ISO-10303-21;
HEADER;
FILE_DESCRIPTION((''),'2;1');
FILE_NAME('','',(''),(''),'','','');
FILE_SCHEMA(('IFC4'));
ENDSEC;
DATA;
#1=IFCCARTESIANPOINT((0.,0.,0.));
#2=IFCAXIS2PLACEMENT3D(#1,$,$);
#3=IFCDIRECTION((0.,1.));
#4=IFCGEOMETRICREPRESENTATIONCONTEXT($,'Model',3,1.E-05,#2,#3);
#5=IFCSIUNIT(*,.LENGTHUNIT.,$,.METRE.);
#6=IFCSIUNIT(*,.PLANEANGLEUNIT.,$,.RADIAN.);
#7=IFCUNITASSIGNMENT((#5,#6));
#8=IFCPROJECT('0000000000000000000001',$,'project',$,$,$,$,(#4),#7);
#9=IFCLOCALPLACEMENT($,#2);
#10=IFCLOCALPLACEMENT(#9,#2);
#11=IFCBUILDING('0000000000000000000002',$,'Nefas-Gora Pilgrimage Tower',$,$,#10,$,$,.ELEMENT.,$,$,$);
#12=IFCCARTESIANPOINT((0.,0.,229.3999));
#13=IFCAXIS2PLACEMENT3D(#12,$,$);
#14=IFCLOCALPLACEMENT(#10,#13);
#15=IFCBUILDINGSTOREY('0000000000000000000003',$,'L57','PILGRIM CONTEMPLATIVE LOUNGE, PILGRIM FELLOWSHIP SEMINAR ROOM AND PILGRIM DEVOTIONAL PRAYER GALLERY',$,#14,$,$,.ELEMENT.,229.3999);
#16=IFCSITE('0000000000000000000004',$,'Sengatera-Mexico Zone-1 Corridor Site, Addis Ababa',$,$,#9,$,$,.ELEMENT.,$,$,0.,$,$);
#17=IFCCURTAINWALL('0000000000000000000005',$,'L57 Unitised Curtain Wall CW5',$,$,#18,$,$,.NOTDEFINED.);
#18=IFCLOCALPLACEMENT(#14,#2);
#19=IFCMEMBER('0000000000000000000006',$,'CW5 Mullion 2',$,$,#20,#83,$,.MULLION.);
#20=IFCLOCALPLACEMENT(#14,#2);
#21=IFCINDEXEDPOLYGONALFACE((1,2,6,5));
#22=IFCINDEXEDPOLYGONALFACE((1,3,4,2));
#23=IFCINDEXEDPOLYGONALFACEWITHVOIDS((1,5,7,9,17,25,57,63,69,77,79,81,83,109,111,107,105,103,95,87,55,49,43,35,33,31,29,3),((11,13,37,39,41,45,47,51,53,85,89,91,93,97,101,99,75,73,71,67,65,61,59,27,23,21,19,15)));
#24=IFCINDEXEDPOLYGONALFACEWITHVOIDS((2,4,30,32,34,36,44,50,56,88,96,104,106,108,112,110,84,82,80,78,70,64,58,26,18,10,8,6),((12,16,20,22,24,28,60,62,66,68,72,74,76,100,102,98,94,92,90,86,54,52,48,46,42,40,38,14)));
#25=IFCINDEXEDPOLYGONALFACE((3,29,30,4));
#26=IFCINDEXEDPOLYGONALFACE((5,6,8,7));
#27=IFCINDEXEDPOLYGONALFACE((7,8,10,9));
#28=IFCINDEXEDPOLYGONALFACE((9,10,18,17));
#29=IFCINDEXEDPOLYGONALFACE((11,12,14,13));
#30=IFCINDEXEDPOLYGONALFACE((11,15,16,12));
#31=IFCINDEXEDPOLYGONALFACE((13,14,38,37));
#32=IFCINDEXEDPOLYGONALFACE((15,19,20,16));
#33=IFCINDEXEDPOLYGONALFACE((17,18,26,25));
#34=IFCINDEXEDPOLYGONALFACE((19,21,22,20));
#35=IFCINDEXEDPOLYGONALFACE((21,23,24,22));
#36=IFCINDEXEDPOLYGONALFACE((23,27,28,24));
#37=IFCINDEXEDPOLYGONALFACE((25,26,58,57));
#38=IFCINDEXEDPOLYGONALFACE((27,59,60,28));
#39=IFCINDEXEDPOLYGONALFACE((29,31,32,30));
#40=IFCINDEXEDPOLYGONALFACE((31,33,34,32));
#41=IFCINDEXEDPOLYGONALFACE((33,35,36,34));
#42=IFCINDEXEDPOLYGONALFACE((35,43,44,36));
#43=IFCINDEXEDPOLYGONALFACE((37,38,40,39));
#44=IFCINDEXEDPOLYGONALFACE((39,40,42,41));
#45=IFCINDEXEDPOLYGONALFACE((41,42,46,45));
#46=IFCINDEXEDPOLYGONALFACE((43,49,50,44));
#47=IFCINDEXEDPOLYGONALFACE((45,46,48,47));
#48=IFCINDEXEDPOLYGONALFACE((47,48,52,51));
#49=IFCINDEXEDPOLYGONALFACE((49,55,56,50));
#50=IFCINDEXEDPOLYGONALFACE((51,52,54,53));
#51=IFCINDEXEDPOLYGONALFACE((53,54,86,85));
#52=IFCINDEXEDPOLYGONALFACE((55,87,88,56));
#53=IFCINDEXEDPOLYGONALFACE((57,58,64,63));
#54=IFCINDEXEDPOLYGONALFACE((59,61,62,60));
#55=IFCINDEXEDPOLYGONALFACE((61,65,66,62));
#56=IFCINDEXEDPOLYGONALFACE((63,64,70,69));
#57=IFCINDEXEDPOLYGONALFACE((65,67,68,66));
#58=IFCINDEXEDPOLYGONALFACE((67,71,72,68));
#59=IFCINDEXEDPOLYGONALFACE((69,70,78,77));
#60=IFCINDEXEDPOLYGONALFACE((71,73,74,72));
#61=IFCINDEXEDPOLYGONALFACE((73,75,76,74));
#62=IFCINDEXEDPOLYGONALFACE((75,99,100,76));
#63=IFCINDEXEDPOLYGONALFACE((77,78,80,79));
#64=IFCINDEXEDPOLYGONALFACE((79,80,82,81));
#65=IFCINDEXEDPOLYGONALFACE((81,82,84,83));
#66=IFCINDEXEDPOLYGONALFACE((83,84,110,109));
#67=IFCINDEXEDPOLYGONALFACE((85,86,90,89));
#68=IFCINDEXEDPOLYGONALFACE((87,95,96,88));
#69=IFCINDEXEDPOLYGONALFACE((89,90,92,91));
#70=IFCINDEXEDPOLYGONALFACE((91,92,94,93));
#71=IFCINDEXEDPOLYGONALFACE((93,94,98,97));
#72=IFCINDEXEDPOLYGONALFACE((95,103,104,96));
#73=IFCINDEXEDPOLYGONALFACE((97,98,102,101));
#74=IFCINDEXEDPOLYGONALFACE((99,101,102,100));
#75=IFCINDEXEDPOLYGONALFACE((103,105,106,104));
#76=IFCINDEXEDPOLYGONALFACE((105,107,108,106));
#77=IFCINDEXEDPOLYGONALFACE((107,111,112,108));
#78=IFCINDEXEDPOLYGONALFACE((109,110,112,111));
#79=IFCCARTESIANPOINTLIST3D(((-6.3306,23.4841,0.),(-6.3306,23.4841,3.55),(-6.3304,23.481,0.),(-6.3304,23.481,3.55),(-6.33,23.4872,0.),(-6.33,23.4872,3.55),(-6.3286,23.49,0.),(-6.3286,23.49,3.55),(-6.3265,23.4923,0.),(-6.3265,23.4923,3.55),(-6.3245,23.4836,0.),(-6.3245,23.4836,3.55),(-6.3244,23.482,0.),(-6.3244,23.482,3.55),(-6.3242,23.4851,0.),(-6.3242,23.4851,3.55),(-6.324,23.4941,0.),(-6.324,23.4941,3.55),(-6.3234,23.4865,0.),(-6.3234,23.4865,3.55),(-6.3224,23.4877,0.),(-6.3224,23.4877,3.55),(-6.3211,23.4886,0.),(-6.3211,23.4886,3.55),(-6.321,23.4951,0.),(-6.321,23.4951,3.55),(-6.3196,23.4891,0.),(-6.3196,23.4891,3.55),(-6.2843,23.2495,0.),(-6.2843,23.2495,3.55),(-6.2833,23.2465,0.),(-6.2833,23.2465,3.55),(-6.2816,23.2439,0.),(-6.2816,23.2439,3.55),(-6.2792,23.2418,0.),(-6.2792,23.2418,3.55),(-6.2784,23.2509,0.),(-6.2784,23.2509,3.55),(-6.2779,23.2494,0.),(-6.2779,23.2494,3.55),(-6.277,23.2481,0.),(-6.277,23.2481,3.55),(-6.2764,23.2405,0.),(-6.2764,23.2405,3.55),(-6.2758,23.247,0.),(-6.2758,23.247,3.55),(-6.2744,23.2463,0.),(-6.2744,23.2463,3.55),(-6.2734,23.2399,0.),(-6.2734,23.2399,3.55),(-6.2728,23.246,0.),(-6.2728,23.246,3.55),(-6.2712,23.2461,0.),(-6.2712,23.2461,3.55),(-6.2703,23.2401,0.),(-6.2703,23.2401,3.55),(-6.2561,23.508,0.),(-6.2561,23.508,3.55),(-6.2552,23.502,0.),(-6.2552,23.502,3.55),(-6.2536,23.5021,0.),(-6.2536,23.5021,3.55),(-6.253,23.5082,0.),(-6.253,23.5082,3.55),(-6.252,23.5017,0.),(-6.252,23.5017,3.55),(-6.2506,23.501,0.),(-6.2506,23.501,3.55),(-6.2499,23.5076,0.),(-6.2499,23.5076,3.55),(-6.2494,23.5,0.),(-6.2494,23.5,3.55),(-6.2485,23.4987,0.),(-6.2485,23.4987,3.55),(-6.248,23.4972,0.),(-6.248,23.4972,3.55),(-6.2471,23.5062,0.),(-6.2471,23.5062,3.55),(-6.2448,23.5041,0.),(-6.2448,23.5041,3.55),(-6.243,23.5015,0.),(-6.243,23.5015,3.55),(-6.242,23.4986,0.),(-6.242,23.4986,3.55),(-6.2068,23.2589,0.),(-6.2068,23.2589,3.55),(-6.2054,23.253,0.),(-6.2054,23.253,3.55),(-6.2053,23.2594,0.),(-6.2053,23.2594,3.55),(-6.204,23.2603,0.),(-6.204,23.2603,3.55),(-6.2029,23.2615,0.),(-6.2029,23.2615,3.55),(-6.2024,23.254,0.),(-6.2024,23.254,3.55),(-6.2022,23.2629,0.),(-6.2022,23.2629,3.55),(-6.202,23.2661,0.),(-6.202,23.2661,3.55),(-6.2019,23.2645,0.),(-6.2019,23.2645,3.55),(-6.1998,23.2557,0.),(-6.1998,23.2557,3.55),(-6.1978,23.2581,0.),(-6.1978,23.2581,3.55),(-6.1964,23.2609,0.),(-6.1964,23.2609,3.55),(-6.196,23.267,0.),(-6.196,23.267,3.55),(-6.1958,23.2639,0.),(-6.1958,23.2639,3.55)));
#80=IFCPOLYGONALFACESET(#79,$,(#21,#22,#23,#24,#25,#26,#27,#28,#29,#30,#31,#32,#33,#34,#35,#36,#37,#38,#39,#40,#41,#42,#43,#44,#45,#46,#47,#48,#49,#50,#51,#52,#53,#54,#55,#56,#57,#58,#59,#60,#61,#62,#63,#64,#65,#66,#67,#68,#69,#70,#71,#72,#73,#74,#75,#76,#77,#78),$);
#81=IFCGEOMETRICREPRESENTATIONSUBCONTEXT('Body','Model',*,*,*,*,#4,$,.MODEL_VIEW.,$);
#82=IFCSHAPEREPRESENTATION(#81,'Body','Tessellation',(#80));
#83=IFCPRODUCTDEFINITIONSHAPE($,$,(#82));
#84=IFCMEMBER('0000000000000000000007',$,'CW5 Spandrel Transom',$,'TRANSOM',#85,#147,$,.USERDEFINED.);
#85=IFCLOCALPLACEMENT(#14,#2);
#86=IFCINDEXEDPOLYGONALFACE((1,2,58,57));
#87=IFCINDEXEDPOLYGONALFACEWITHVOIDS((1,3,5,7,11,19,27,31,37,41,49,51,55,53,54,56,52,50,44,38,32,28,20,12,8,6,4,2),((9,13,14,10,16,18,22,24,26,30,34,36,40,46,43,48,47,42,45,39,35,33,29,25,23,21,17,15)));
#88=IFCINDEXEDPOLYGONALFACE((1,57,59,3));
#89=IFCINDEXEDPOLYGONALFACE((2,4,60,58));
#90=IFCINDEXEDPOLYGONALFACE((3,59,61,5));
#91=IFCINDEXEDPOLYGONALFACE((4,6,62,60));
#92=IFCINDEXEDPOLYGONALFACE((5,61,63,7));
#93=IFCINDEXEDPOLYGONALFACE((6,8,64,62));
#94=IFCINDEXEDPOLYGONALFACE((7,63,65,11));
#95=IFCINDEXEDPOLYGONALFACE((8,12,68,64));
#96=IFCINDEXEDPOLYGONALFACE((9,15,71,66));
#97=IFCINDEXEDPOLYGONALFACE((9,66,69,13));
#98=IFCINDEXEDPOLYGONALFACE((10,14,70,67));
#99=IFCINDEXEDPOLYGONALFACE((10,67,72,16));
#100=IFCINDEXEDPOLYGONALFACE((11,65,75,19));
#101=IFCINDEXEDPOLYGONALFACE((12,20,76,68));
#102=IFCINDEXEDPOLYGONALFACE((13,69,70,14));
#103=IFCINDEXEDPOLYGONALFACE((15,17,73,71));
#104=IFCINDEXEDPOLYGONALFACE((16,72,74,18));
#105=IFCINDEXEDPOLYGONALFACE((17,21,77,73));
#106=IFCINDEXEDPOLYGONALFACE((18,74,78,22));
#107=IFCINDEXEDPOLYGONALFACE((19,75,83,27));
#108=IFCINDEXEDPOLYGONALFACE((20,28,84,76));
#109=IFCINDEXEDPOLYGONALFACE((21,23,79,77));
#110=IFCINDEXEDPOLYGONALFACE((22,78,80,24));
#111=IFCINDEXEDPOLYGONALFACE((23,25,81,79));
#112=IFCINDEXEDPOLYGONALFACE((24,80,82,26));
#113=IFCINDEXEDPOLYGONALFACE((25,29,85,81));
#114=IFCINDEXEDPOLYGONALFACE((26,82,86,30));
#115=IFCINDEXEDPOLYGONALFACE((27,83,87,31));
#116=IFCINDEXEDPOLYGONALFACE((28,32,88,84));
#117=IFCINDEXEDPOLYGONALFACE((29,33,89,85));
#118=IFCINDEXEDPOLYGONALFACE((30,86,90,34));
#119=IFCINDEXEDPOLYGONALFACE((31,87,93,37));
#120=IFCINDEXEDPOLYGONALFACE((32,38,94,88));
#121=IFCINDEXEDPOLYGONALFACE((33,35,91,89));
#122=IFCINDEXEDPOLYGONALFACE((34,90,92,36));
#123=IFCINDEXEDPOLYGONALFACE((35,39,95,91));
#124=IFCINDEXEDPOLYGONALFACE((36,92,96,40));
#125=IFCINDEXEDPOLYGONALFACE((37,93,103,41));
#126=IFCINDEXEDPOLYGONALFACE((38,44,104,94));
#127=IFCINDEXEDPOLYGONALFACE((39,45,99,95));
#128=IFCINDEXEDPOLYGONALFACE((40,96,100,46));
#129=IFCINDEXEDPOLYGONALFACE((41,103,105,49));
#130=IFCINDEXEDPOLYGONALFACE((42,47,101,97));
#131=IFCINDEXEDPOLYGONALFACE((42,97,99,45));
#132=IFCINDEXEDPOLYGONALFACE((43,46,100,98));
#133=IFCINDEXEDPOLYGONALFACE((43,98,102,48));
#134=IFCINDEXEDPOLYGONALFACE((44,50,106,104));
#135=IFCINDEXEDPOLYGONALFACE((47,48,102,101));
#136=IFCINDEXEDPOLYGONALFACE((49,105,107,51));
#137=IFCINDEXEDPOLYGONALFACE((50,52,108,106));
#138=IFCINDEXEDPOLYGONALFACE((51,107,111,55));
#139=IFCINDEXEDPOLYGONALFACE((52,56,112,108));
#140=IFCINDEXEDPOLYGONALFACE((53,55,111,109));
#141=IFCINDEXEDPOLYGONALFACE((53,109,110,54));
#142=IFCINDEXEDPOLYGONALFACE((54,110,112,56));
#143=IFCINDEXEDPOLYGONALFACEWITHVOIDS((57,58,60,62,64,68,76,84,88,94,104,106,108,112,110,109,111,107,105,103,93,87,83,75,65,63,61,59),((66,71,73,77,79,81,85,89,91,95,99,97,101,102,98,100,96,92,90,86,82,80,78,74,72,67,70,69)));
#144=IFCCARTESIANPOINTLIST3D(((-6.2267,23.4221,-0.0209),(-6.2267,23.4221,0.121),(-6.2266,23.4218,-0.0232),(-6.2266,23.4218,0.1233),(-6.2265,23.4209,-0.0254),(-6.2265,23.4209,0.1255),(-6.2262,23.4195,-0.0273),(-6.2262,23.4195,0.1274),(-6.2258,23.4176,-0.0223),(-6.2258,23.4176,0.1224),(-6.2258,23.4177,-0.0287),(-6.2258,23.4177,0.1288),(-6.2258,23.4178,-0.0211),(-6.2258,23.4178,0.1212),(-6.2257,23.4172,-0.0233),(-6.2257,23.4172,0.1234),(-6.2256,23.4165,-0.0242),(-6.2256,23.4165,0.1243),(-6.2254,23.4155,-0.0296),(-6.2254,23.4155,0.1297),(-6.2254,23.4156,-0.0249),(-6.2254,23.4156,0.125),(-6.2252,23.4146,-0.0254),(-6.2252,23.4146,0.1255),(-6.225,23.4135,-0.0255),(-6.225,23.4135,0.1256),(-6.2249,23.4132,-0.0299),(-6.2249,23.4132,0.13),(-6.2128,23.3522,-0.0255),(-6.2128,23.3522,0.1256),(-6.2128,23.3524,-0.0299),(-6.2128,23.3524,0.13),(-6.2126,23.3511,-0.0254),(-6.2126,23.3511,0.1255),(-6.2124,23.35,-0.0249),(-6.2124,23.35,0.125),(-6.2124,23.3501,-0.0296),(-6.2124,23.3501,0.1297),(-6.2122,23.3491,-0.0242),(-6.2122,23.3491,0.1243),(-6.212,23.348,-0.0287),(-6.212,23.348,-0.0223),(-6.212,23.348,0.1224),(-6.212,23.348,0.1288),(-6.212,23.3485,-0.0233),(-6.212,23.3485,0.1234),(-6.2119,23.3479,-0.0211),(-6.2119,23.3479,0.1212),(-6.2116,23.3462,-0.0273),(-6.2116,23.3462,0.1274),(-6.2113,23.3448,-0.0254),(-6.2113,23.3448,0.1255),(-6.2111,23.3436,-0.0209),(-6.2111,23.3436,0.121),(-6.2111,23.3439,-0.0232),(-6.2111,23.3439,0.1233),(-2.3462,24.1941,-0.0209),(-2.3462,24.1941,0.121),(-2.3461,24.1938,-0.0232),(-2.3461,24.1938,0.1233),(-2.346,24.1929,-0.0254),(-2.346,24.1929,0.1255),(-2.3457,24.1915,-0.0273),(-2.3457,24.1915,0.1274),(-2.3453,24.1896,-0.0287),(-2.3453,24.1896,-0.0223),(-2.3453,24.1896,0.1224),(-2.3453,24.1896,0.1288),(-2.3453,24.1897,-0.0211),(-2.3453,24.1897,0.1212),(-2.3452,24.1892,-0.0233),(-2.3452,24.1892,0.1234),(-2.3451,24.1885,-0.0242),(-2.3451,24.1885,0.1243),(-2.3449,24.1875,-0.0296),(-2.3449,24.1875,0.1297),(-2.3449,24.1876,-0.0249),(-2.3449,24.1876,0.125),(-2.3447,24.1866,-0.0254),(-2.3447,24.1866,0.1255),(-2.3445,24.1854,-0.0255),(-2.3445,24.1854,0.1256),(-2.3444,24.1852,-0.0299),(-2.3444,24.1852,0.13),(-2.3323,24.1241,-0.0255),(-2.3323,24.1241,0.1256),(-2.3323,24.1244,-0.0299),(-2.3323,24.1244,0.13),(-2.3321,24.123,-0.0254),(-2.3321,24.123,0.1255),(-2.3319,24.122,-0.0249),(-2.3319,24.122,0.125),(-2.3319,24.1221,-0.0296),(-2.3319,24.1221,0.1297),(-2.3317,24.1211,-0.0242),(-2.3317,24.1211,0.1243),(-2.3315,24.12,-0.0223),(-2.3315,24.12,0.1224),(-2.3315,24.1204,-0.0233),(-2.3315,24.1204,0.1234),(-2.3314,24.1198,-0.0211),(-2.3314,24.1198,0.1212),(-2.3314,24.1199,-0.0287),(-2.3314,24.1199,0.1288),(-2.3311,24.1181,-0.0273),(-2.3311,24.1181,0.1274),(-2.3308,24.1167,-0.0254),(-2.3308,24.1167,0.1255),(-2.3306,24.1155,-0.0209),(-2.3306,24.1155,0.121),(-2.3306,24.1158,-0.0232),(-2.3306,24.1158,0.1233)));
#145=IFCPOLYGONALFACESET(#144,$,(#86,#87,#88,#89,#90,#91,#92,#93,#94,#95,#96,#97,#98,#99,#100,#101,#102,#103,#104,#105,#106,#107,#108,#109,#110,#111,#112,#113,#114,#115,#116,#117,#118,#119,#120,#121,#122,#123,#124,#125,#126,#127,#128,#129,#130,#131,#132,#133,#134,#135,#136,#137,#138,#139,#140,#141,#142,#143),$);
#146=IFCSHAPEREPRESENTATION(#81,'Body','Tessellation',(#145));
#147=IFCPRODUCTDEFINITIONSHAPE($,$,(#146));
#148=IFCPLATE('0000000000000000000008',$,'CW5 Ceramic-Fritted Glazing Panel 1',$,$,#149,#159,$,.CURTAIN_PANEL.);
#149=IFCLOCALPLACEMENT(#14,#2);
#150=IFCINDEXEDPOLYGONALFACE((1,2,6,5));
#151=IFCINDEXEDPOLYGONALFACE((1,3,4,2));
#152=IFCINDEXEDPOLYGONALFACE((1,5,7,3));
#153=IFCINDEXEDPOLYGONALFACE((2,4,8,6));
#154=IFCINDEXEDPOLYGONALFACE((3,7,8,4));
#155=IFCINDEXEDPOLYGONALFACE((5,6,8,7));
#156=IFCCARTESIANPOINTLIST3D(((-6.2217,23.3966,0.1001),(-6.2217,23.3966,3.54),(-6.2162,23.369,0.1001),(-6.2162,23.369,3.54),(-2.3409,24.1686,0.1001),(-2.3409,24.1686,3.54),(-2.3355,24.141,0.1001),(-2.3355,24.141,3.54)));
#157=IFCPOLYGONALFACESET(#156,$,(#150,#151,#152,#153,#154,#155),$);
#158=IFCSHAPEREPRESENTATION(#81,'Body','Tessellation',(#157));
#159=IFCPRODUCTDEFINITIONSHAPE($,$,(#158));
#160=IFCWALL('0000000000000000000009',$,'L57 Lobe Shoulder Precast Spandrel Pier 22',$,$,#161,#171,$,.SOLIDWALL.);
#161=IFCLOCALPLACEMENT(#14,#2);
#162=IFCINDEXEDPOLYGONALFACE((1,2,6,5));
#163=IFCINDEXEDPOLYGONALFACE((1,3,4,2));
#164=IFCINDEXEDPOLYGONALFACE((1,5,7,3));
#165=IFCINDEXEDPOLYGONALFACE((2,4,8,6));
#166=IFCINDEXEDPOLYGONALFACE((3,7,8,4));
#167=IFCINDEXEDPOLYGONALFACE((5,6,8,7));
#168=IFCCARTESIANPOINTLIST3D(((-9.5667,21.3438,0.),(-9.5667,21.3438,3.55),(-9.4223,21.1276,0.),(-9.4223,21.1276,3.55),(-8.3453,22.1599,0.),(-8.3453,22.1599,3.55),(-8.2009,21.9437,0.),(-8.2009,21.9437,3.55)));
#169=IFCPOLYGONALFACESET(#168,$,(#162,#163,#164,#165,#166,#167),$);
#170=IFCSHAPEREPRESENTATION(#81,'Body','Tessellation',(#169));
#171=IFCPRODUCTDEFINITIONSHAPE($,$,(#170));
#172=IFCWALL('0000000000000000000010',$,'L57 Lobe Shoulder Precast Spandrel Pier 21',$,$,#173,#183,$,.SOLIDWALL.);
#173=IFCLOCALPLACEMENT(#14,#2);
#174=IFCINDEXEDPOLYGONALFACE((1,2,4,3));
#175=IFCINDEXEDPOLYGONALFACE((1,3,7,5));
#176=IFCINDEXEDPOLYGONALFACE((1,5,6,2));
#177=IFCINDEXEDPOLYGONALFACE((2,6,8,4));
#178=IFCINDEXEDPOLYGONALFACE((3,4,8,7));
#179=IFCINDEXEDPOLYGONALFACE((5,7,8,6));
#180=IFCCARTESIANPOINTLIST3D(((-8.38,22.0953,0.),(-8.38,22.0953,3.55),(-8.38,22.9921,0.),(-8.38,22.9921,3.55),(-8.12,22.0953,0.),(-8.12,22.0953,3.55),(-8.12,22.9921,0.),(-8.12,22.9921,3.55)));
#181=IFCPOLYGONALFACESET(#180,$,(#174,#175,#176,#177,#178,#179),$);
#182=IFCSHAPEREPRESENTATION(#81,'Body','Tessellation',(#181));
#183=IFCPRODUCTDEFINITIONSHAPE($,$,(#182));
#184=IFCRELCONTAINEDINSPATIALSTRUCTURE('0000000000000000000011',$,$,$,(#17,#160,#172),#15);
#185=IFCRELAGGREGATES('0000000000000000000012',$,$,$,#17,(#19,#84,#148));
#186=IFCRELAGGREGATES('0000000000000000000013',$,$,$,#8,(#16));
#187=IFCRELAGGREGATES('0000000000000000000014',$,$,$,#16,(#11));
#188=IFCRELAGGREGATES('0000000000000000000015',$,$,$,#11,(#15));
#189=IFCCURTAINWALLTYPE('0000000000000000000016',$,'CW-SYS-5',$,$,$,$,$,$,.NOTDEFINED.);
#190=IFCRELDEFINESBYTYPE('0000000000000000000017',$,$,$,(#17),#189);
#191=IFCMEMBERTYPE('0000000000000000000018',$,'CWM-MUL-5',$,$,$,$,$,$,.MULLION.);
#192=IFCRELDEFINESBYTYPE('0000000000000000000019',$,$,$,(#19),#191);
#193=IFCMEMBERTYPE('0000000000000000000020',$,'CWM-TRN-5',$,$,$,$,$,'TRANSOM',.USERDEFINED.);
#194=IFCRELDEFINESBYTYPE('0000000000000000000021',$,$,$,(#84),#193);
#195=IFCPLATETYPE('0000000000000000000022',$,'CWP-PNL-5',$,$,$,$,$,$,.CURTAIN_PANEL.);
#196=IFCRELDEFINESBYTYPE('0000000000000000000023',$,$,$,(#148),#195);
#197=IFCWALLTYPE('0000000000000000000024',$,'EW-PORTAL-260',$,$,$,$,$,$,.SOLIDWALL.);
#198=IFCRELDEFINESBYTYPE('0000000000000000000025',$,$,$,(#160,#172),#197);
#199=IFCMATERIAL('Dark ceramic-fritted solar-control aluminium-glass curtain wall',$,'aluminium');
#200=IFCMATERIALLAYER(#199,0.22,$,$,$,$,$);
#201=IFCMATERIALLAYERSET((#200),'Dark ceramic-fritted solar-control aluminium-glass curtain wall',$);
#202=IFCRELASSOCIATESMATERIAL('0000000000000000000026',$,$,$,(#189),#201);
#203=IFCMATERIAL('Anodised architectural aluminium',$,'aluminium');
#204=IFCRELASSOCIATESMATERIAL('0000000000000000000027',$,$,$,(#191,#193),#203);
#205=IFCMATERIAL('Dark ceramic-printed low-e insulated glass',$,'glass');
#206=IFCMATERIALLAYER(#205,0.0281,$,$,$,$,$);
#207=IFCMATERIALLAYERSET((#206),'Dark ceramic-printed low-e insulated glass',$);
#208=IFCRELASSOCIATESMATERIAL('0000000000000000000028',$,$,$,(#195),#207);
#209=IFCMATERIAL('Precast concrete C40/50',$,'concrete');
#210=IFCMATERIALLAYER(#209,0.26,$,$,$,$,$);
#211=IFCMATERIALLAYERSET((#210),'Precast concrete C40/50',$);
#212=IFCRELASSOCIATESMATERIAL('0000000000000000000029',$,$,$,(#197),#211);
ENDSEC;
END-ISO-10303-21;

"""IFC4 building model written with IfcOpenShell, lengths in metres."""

from ifc_helpers import new_model, si_unit, direction, frame, frame_2d, origin, origin_2d, place, context, subcontext, project, spatial, rectangle, hollow_rectangle, extrude, source, transform, mapped, material, layer, layer_set, material_profile, profile_set, type_object, element, aggregate, save


model = new_model("IFC4")

# Units and contexts
model_context = context("Model", 3, precision=1e-05, world=origin(), true_north=direction((0.0, 1.0)))
body_context = subcontext(model_context, "Body", "Model", "MODEL_VIEW")
ifc_project = project(units=[si_unit("LENGTHUNIT", "METRE"), si_unit("PLANEANGLEUNIT", "RADIAN")], contexts=[model_context])

# Site, building, storey
site_placement = place(None, origin())
site = spatial("IfcSite", under=ifc_project, at=site_placement, Name="Sengatera-Mexico Zone-1 Corridor Site, Addis Ababa", CompositionType="ELEMENT", RefElevation=0.0)
building_placement = place(site_placement, origin())
building = spatial("IfcBuilding", under=site, at=building_placement, Name="Nefas-Gora Pilgrimage Tower", CompositionType="ELEMENT")
storey_placement = place(building_placement, frame((0.0, 0.0, 229.3999)))
storey = spatial("IfcBuildingStorey", under=building, at=storey_placement, Name="L57", Description="PILGRIM CONTEMPLATIVE LOUNGE, PILGRIM FELLOWSHIP SEMINAR ROOM AND PILGRIM DEVOTIONAL PRAYER GALLERY", CompositionType="ELEMENT", Elevation=229.3999)

# Shared definitions
ifc_material_1 = material(Name="Dark ceramic-fritted solar-control aluminium-glass curtain wall", Category="aluminium")
ifc_layer_1 = layer(ifc_material_1, 0.22)
ifc_layer_set_1 = layer_set([ifc_layer_1], Name="Dark ceramic-fritted solar-control aluminium-glass curtain wall")
curtain_wall_type = type_object("IfcCurtainWallType", Name="CW-SYS-5", PredefinedType="NOTDEFINED", material=ifc_layer_set_1)
ifc_material_2 = material(Name="Anodised architectural aluminium", Category="aluminium")
ifc_material_profile_1 = material_profile(ifc_material_2, hollow_rectangle(XDim=0.0901, YDim=0.26, WallThickness=0.0061, InnerFilletRadius=0.0061, OuterFilletRadius=0.012, at=origin_2d()), Name="ALU MULLION 90x260")
ifc_profile_set_1 = profile_set([ifc_material_profile_1], Name="Anodised architectural aluminium")
member_type_1 = type_object("IfcMemberType", Name="CWM-MUL-5", PredefinedType="MULLION", material=ifc_profile_set_1)
shared_shape_1 = source(origin(), body_context, "Body", "SweptSolid", [
    extrude(hollow_rectangle(XDim=0.0901, YDim=0.26, WallThickness=0.0061, InnerFilletRadius=0.0061, OuterFilletRadius=0.012, at=origin_2d()), origin(), (0.0, 0.0, 1.0), 3.55),
])

# Curtain wall, members, plate
curtain_wall_1_placement = place(storey_placement, origin())
curtain_wall_1 = element("IfcCurtainWall", 1, at=curtain_wall_1_placement, inside=storey, type_object=curtain_wall_type, Name="L57 Unitised Curtain Wall CW5", PredefinedType="NOTDEFINED")
member_1_placement = place(storey_placement, frame((-6.2632, 23.374, 0.0), z_axis=(0.0, 0.0, 1.0), x_axis=(-0.980783, -0.195102, 0.0)))
member_1 = element("IfcMember", 2, at=member_1_placement, type_object=member_type_1, Name="CW5 Mullion 2", PredefinedType="MULLION", context=body_context, shape_type="MappedRepresentation", body=[
    mapped(shared_shape_1, transform((0.0, 0.0, 0.0), x_axis=(1.0, 0.0, 0.0), y_axis=(0.0, 1.0, 0.0), z_axis=(0.0, 0.0, 1.0), scale=1.0)),
])
ifc_material_profile_2 = material_profile(ifc_material_2, hollow_rectangle(XDim=0.0801, YDim=0.1599, WallThickness=0.0044, InnerFilletRadius=0.0044, OuterFilletRadius=0.009, at=origin_2d()), Name="ALU TRANSOM 80x160")
ifc_profile_set_2 = profile_set([ifc_material_profile_2], Name="Anodised architectural aluminium")
member_type_2 = type_object("IfcMemberType", Name="CWM-TRN-5", ElementType="TRANSOM", PredefinedType="USERDEFINED", material=ifc_profile_set_2)
shared_shape_2 = source(origin(), body_context, "Body", "SweptSolid", [
    extrude(hollow_rectangle(XDim=0.0801, YDim=0.1599, WallThickness=0.0044, InnerFilletRadius=0.0044, OuterFilletRadius=0.009, at=origin_2d()), origin(), (0.0, 0.0, 1.0), 3.9565),
])
member_2_placement = place(storey_placement, frame((-2.3384, 24.1548, 0.05), z_axis=(-0.980782, -0.195107, 0.0), x_axis=(0.195107, -0.980782, 0.0)))
member_2 = element("IfcMember", 3, at=member_2_placement, type_object=member_type_2, Name="CW5 Spandrel Transom", ObjectType="TRANSOM", PredefinedType="USERDEFINED", context=body_context, shape_type="MappedRepresentation", body=[
    mapped(shared_shape_2, transform((0.0, 0.0, 0.0), x_axis=(1.0, 0.0, 0.0), y_axis=(0.0, 1.0, 0.0), z_axis=(0.0, 0.0, 1.0), scale=1.0)),
])
ifc_material_3 = material(Name="Dark ceramic-printed low-e insulated glass", Category="glass")
ifc_layer_2 = layer(ifc_material_3, 0.0281)
ifc_layer_set_2 = layer_set([ifc_layer_2], Name="Dark ceramic-printed low-e insulated glass")
plate_type = type_object("IfcPlateType", Name="CWP-PNL-5", PredefinedType="CURTAIN_PANEL", material=ifc_layer_set_2)
shared_shape_3 = source(origin(), body_context, "Body", "SweptSolid", [
    extrude(rectangle(XDim=3.9568, YDim=0.0281, at=origin_2d()), origin(), (0.0, 0.0, 1.0), 3.4399),
])
plate_placement = place(storey_placement, frame((-4.2786, 23.7688, 0.1001), z_axis=(0.0, 0.0, 1.0), x_axis=(-0.980783, -0.195102, 0.0)))
plate = element("IfcPlate", 4, at=plate_placement, type_object=plate_type, Name="CW5 Ceramic-Fritted Glazing Panel 1", PredefinedType="CURTAIN_PANEL", context=body_context, shape_type="MappedRepresentation", body=[
    mapped(shared_shape_3, transform((0.0, 0.0, 0.0), x_axis=(1.0, 0.0, 0.0), y_axis=(0.0, 1.0, 0.0), z_axis=(0.0, 0.0, 1.0), scale=1.0)),
])
aggregate(curtain_wall_1, [member_1, member_2, plate])

# Walls
ifc_material_4 = material(Name="Precast concrete C40/50", Category="concrete")
ifc_layer_3 = layer(ifc_material_4, 0.26)
ifc_layer_set_3 = layer_set([ifc_layer_3], Name="Precast concrete C40/50")
wall_type_1 = type_object("IfcWallType", Name="EW-PORTAL-260", PredefinedType="SOLIDWALL", material=ifc_layer_set_3)
shared_shape_4 = source(origin(), body_context, "Body", "SweptSolid", [
    extrude(rectangle(XDim=1.469, YDim=0.26, at=frame_2d((0.7344, 0.0))), origin(), (0.0, 0.0, 1.0), 3.55),
])
wall_1_placement = place(storey_placement, frame((-8.2732, 22.0518, 0.0), z_axis=(0.0, 0.0, 1.0), x_axis=(-0.831462, -0.555582, 0.0)))
element("IfcWall", 5, at=wall_1_placement, inside=storey, type_object=wall_type_1, Name="L57 Lobe Shoulder Precast Spandrel Pier 22", PredefinedType="SOLIDWALL", context=body_context, shape_type="MappedRepresentation", body=[
    mapped(shared_shape_4, transform((0.0, 0.0, 0.0), x_axis=(1.0, 0.0, 0.0), y_axis=(0.0, 1.0, 0.0), z_axis=(0.0, 0.0, 1.0), scale=1.0)),
])
shared_shape_5 = source(origin(), body_context, "Body", "SweptSolid", [
    extrude(rectangle(XDim=0.8967, YDim=0.26, at=frame_2d((0.4482, 0.0))), origin(), (0.0, 0.0, 1.0), 3.55),
])
wall_2_placement = place(storey_placement, frame((-8.25, 22.9919, 0.0), z_axis=(0.0, 0.0, 1.0), x_axis=(0.0, -1.0, 0.0)))
element("IfcWall", 6, at=wall_2_placement, inside=storey, type_object=wall_type_1, Name="L57 Lobe Shoulder Precast Spandrel Pier 21", PredefinedType="SOLIDWALL", context=body_context, shape_type="MappedRepresentation", body=[
    mapped(shared_shape_5, transform((0.0, 0.0, 0.0), x_axis=(1.0, 0.0, 0.0), y_axis=(0.0, 1.0, 0.0), z_axis=(0.0, 0.0, 1.0), scale=1.0)),
])

save(model, "model.ifc")
